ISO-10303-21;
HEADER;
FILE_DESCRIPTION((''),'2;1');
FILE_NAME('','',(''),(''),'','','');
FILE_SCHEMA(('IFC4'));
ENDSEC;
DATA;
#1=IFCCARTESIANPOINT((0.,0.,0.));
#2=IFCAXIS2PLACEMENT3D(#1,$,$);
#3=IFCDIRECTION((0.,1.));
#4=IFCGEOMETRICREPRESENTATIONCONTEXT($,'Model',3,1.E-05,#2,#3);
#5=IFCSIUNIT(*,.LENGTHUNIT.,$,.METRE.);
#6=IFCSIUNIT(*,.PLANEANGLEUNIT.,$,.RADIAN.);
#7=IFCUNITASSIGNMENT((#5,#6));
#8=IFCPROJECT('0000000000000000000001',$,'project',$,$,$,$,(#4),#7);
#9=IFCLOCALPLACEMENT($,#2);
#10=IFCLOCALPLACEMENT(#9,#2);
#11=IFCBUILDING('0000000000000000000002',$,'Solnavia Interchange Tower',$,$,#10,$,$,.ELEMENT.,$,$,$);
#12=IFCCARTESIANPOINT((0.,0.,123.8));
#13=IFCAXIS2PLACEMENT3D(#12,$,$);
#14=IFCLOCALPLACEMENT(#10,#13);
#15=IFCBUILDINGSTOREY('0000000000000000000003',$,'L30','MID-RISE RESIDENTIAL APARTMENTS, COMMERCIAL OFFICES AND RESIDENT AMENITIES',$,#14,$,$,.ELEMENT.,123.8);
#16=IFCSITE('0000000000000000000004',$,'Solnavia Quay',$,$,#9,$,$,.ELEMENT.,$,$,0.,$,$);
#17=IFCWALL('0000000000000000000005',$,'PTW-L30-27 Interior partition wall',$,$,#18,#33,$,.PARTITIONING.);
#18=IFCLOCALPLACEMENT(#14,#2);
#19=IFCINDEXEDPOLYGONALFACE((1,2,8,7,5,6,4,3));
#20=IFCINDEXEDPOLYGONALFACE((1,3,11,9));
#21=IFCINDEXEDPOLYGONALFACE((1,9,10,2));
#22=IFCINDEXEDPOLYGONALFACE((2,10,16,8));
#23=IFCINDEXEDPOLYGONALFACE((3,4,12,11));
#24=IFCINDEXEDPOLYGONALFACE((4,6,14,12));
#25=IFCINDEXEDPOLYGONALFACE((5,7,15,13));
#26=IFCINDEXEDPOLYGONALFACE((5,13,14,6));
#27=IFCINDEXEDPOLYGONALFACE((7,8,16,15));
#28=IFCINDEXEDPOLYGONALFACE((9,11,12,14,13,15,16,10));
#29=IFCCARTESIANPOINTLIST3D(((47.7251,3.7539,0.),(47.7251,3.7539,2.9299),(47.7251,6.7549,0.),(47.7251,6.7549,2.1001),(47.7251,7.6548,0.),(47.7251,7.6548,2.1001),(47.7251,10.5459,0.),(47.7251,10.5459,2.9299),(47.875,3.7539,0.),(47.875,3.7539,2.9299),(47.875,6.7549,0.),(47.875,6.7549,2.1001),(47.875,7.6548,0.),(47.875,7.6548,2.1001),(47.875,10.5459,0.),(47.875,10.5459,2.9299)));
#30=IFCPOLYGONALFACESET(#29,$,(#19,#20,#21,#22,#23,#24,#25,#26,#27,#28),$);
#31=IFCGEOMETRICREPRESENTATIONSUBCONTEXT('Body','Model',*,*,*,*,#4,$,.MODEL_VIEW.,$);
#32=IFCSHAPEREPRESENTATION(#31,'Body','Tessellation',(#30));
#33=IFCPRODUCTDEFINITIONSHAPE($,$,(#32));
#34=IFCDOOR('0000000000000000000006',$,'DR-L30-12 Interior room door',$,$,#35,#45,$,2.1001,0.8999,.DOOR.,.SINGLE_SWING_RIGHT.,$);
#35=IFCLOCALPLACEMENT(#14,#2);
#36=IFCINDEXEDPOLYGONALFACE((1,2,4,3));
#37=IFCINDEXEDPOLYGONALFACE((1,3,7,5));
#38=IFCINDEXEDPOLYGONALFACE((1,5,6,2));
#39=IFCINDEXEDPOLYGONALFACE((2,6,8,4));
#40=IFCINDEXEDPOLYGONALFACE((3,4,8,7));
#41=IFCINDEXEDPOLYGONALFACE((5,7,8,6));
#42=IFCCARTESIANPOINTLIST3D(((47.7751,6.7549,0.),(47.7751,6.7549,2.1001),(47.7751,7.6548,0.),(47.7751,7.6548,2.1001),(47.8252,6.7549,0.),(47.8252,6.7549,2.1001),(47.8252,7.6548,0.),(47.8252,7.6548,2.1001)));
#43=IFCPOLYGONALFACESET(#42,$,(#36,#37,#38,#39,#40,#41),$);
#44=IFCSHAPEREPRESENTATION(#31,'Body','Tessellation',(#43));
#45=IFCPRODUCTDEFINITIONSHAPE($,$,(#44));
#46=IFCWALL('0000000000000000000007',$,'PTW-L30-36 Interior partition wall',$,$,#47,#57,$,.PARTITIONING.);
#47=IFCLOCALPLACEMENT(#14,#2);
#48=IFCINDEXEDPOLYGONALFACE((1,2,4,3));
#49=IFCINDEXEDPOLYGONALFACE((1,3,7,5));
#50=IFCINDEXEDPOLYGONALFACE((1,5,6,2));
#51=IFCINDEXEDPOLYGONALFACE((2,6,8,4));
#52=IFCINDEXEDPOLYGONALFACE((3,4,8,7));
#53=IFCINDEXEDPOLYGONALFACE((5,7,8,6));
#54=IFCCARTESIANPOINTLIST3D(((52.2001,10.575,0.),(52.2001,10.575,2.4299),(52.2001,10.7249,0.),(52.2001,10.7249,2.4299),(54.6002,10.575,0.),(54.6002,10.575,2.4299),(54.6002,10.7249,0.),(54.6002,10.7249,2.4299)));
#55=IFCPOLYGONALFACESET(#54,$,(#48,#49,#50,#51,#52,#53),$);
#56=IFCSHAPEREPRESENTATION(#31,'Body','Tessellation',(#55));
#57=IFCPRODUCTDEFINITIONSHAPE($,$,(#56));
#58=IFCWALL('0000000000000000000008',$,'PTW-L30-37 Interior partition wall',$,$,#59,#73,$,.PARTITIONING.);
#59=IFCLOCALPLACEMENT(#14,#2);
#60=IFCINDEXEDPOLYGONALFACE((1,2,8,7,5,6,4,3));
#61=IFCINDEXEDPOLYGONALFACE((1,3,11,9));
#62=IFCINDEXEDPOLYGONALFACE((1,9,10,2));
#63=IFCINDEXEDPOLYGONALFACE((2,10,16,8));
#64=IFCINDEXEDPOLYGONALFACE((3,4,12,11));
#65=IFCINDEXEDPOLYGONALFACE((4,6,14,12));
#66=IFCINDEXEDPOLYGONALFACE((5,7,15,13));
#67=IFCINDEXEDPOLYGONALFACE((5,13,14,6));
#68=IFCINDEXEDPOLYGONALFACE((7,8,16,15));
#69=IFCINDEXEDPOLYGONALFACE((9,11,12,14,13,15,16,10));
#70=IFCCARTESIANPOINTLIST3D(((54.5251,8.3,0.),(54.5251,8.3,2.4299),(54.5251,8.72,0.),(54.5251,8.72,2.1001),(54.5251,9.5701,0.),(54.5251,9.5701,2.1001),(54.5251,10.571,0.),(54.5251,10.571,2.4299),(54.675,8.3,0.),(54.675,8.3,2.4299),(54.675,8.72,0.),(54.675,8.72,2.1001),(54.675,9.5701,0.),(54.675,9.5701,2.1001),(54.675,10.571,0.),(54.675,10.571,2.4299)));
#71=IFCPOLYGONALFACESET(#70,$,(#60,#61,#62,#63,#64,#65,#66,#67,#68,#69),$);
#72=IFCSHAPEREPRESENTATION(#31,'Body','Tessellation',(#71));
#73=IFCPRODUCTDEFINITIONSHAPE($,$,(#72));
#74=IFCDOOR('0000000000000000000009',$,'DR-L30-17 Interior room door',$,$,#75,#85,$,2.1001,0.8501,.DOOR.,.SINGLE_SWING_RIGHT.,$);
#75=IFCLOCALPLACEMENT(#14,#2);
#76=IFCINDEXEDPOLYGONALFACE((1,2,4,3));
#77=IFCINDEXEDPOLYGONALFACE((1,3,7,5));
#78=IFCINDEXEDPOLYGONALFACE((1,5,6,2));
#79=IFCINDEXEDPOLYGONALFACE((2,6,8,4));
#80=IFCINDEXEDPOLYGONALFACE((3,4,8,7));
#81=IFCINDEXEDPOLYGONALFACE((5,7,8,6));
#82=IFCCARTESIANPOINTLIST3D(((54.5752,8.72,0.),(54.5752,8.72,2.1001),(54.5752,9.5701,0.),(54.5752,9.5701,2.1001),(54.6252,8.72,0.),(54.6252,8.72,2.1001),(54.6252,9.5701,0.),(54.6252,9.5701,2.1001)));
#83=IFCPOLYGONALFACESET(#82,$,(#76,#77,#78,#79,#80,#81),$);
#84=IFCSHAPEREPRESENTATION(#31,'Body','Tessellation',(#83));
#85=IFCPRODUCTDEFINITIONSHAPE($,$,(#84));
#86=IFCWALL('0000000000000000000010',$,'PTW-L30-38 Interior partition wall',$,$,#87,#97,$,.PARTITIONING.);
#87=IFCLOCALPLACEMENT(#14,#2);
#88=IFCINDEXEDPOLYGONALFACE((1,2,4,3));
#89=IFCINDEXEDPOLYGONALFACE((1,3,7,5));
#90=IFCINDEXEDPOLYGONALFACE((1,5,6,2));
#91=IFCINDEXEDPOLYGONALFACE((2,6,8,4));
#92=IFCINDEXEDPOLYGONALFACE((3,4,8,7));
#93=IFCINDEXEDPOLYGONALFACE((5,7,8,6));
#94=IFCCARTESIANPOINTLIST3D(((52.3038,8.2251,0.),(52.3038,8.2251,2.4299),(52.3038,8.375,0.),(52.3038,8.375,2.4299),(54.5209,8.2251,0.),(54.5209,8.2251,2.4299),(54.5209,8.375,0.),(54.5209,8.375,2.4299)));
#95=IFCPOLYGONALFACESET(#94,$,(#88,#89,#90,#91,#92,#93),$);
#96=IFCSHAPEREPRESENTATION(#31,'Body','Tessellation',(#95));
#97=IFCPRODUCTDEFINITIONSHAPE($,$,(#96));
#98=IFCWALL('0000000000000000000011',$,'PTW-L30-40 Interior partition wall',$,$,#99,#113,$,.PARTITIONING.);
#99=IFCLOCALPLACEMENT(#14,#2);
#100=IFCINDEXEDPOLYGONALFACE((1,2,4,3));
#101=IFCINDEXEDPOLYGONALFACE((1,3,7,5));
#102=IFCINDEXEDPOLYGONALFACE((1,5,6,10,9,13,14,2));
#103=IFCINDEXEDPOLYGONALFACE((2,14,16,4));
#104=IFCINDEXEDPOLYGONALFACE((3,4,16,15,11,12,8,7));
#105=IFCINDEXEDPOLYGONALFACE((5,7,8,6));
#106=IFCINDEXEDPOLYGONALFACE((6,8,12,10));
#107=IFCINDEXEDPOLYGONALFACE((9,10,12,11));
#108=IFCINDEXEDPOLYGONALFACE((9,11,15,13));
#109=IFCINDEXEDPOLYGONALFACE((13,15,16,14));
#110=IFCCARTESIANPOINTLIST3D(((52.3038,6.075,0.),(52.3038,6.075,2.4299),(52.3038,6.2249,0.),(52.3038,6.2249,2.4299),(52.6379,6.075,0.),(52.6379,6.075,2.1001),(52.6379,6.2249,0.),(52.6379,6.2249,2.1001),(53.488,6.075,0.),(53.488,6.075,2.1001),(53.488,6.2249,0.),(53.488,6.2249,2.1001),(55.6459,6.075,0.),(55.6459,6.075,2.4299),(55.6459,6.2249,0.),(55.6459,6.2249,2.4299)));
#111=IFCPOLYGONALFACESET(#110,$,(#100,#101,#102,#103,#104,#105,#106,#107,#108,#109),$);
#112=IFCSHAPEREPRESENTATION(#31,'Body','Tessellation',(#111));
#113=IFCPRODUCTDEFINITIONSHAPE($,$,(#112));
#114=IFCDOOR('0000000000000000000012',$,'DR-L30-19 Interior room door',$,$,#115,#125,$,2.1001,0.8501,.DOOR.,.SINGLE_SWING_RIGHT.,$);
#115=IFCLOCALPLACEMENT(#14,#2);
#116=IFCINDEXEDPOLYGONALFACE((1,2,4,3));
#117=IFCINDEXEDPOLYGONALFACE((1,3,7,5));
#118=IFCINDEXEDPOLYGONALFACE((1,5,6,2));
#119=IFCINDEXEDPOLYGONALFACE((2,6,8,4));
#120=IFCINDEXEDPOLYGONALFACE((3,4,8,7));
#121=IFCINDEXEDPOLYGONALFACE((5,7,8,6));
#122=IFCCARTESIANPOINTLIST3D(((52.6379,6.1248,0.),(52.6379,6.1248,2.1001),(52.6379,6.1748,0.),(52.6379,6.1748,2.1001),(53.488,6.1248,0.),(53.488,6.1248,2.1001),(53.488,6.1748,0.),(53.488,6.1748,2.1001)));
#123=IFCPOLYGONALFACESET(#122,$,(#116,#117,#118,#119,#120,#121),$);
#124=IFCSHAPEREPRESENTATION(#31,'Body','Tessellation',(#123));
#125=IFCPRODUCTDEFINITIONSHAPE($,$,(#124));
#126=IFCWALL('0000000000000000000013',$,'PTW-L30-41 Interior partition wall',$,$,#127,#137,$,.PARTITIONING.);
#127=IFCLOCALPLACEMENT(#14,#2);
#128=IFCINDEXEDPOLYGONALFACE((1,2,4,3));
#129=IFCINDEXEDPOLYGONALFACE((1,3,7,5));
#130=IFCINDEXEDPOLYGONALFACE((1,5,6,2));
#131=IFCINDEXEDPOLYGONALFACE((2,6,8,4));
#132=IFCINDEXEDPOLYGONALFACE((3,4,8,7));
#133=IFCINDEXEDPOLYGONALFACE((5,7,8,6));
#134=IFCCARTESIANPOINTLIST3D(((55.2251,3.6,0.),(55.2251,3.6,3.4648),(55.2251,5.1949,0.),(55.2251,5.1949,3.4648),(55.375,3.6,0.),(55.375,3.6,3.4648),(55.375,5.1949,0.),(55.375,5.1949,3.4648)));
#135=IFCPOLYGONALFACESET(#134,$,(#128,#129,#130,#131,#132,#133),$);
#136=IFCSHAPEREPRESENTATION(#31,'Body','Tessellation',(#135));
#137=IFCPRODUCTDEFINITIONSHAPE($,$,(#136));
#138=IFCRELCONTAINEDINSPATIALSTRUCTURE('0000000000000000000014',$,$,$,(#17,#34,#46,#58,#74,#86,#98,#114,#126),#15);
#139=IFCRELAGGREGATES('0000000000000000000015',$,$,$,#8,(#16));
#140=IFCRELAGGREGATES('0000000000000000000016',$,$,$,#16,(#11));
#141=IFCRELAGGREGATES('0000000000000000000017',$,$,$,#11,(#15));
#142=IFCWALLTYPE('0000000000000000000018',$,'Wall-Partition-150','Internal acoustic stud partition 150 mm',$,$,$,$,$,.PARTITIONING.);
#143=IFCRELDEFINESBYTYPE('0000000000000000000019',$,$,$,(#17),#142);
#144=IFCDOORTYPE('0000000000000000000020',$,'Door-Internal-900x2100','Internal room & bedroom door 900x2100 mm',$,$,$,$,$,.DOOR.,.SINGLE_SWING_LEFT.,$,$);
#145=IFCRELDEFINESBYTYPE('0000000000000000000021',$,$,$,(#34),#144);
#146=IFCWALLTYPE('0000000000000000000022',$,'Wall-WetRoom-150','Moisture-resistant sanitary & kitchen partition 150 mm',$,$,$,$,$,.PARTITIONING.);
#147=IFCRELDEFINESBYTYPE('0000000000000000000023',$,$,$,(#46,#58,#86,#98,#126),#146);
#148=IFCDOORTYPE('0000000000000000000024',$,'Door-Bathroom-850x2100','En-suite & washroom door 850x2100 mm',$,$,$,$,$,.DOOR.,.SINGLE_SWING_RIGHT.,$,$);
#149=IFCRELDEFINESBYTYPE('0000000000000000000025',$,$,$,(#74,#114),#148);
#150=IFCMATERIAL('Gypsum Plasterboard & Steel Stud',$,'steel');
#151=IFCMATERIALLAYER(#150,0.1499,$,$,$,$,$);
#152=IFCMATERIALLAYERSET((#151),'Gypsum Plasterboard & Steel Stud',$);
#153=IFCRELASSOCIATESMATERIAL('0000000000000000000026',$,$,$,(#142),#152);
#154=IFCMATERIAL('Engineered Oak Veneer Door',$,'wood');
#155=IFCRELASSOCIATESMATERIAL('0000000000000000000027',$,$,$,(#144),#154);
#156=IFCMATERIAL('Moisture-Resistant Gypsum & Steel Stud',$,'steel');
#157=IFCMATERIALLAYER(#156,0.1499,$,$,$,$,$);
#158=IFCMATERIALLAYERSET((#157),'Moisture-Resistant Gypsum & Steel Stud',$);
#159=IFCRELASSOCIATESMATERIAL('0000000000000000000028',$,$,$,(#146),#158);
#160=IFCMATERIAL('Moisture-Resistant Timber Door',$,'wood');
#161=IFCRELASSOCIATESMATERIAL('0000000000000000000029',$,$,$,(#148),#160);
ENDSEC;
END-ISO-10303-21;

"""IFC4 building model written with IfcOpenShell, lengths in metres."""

from ifc_helpers import new_model, si_unit, direction, frame, frame_2d, origin, place, context, subcontext, project, spatial, rectangle, extrude, material, layer, layer_set, type_object, element, fill, save


model = new_model("IFC4")

# Units and contexts
model_context = context("Model", 3, precision=1e-05, world=origin(), true_north=direction((0.0, 1.0)))
body_context = subcontext(model_context, "Body", "Model", "MODEL_VIEW")
ifc_project = project(units=[si_unit("LENGTHUNIT", "METRE"), si_unit("PLANEANGLEUNIT", "RADIAN")], contexts=[model_context])

# Site, building, storey
site_placement = place(None, origin())
site = spatial("IfcSite", under=ifc_project, at=site_placement, Name="Solnavia Quay", CompositionType="ELEMENT", RefElevation=0.0)
building_placement = place(site_placement, origin())
building = spatial("IfcBuilding", under=site, at=building_placement, Name="Solnavia Interchange Tower", CompositionType="ELEMENT")
storey_placement = place(building_placement, frame((0.0, 0.0, 123.8)))
storey = spatial("IfcBuildingStorey", under=building, at=storey_placement, Name="L30", Description="MID-RISE RESIDENTIAL APARTMENTS, COMMERCIAL OFFICES AND RESIDENT AMENITIES", CompositionType="ELEMENT", Elevation=123.8)

# Wall, opening, door
ifc_material_1 = material(Name="Gypsum Plasterboard & Steel Stud", Category="steel")
ifc_layer_1 = layer(ifc_material_1, 0.1499)
ifc_layer_set_1 = layer_set([ifc_layer_1], Name="Gypsum Plasterboard & Steel Stud")
wall_type_1 = type_object("IfcWallType", Name="Wall-Partition-150", Description="Internal acoustic stud partition 150 mm", PredefinedType="PARTITIONING", material=ifc_layer_set_1)
wall_1_placement = place(storey_placement, frame((47.8, 3.7539, 0.0), z_axis=(0.0, 0.0, 1.0), x_axis=(0.0, 1.0, 0.0)))
wall_1 = element("IfcWall", 1, at=wall_1_placement, inside=storey, type_object=wall_type_1, Name="PTW-L30-27 Interior partition wall", PredefinedType="PARTITIONING", context=body_context, shape_type="SweptSolid", body=[
    extrude(rectangle(XDim=6.792, YDim=0.1499, at=frame_2d((3.396, 0.0))), origin(), (0.0, 0.0, 1.0), 2.9299),
])
opening_1_placement = place(wall_1_placement, frame((3.001, 0.0, 0.0)))
opening_1 = element("IfcOpeningElement", 2, at=opening_1_placement, cuts=wall_1, PredefinedType="OPENING", context=body_context, shape_type="SweptSolid", body=[
    extrude(rectangle(XDim=0.8999, YDim=2.1001, at=frame_2d((0.45, 1.05))), frame((0.0, 0.085, 0.0), z_axis=(0.0, -1.0, 0.0), x_axis=(1.0, 0.0, 0.0)), (0.0, 0.0, 1.0), 0.1699),
])
ifc_material_2 = material(Name="Engineered Oak Veneer Door", Category="wood")
door_type_1 = type_object("IfcDoorType", Name="Door-Internal-900x2100", Description="Internal room & bedroom door 900x2100 mm", OperationType="SINGLE_SWING_LEFT", PredefinedType="DOOR", material=ifc_material_2)
door_1_placement = place(opening_1_placement, origin())
door_1 = element("IfcDoor", 3, at=door_1_placement, inside=storey, type_object=door_type_1, Name="DR-L30-12 Interior room door", OperationType="SINGLE_SWING_RIGHT", OverallHeight=2.1001, OverallWidth=0.8999, PredefinedType="DOOR", context=body_context, shape_type="SweptSolid", body=[
    extrude(rectangle(XDim=0.8999, YDim=2.1001, at=frame_2d((0.45, 1.05))), frame((0.0, 0.0249, 0.0), z_axis=(0.0, -1.0, 0.0), x_axis=(1.0, 0.0, 0.0)), (0.0, 0.0, 1.0), 0.05),
])
fill(opening_1, door_1)

# Wall
ifc_material_3 = material(Name="Moisture-Resistant Gypsum & Steel Stud", Category="steel")
ifc_layer_2 = layer(ifc_material_3, 0.1499)
ifc_layer_set_2 = layer_set([ifc_layer_2], Name="Moisture-Resistant Gypsum & Steel Stud")
wall_type_2 = type_object("IfcWallType", Name="Wall-WetRoom-150", Description="Moisture-resistant sanitary & kitchen partition 150 mm", PredefinedType="PARTITIONING", material=ifc_layer_set_2)
wall_2_placement = place(storey_placement, frame((52.2, 10.6499, 0.0), z_axis=(0.0, 0.0, 1.0), x_axis=(1.0, 0.0, 0.0)))
element("IfcWall", 4, at=wall_2_placement, inside=storey, type_object=wall_type_2, Name="PTW-L30-36 Interior partition wall", PredefinedType="PARTITIONING", context=body_context, shape_type="SweptSolid", body=[
    extrude(rectangle(XDim=2.4001, YDim=0.1499, at=frame_2d((1.2002, 0.0))), origin(), (0.0, 0.0, 1.0), 2.4299),
])

# Wall, opening, door
wall_3_placement = place(storey_placement, frame((54.6001, 8.3, 0.0), z_axis=(0.0, 0.0, 1.0), x_axis=(0.0, 1.0, 0.0)))
wall_3 = element("IfcWall", 5, at=wall_3_placement, inside=storey, type_object=wall_type_2, Name="PTW-L30-37 Interior partition wall", PredefinedType="PARTITIONING", context=body_context, shape_type="SweptSolid", body=[
    extrude(rectangle(XDim=2.271, YDim=0.1499, at=frame_2d((1.1355, 0.0))), origin(), (0.0, 0.0, 1.0), 2.4299),
])
opening_2_placement = place(wall_3_placement, frame((0.4199, 0.0, 0.0)))
opening_2 = element("IfcOpeningElement", 6, at=opening_2_placement, cuts=wall_3, PredefinedType="OPENING", context=body_context, shape_type="SweptSolid", body=[
    extrude(rectangle(XDim=0.8501, YDim=2.1001, at=frame_2d((0.425, 1.05))), frame((0.0, 0.085, 0.0), z_axis=(0.0, -1.0, 0.0), x_axis=(1.0, 0.0, 0.0)), (0.0, 0.0, 1.0), 0.1699),
])
ifc_material_4 = material(Name="Moisture-Resistant Timber Door", Category="wood")
door_type_2 = type_object("IfcDoorType", Name="Door-Bathroom-850x2100", Description="En-suite & washroom door 850x2100 mm", OperationType="SINGLE_SWING_RIGHT", PredefinedType="DOOR", material=ifc_material_4)
door_2_placement = place(opening_2_placement, origin())
door_2 = element("IfcDoor", 7, at=door_2_placement, inside=storey, type_object=door_type_2, Name="DR-L30-17 Interior room door", OperationType="SINGLE_SWING_RIGHT", OverallHeight=2.1001, OverallWidth=0.8501, PredefinedType="DOOR", context=body_context, shape_type="SweptSolid", body=[
    extrude(rectangle(XDim=0.8501, YDim=2.1001, at=frame_2d((0.425, 1.05))), frame((0.0, 0.0249, 0.0), z_axis=(0.0, -1.0, 0.0), x_axis=(1.0, 0.0, 0.0)), (0.0, 0.0, 1.0), 0.05),
])
fill(opening_2, door_2)

# Wall
wall_4_placement = place(storey_placement, frame((52.304, 8.3, 0.0), z_axis=(0.0, 0.0, 1.0), x_axis=(1.0, 0.0, 0.0)))
element("IfcWall", 8, at=wall_4_placement, inside=storey, type_object=wall_type_2, Name="PTW-L30-38 Interior partition wall", PredefinedType="PARTITIONING", context=body_context, shape_type="SweptSolid", body=[
    extrude(rectangle(XDim=2.217, YDim=0.1499, at=frame_2d((1.1084, 0.0))), origin(), (0.0, 0.0, 1.0), 2.4299),
])

# Wall, opening, door
wall_5_placement = place(storey_placement, frame((52.304, 6.1499, 0.0), z_axis=(0.0, 0.0, 1.0), x_axis=(1.0, 0.0, 0.0)))
wall_5 = element("IfcWall", 9, at=wall_5_placement, inside=storey, type_object=wall_type_2, Name="PTW-L30-40 Interior partition wall", PredefinedType="PARTITIONING", context=body_context, shape_type="SweptSolid", body=[
    extrude(rectangle(XDim=3.342, YDim=0.1499, at=frame_2d((1.6709, 0.0))), origin(), (0.0, 0.0, 1.0), 2.4299),
])
opening_3_placement = place(wall_5_placement, frame((0.334, 0.0, 0.0)))
opening_3 = element("IfcOpeningElement", 10, at=opening_3_placement, cuts=wall_5, PredefinedType="OPENING", context=body_context, shape_type="SweptSolid", body=[
    extrude(rectangle(XDim=0.8501, YDim=2.1001, at=frame_2d((0.425, 1.05))), frame((0.0, 0.085, 0.0), z_axis=(0.0, -1.0, 0.0), x_axis=(1.0, 0.0, 0.0)), (0.0, 0.0, 1.0), 0.1699),
])
door_3_placement = place(opening_3_placement, origin())
door_3 = element("IfcDoor", 11, at=door_3_placement, inside=storey, type_object=door_type_2, Name="DR-L30-19 Interior room door", OperationType="SINGLE_SWING_RIGHT", OverallHeight=2.1001, OverallWidth=0.8501, PredefinedType="DOOR", context=body_context, shape_type="SweptSolid", body=[
    extrude(rectangle(XDim=0.8501, YDim=2.1001, at=frame_2d((0.425, 1.05))), frame((0.0, 0.0249, 0.0), z_axis=(0.0, -1.0, 0.0), x_axis=(1.0, 0.0, 0.0)), (0.0, 0.0, 1.0), 0.05),
])
fill(opening_3, door_3)

# Wall
wall_6_placement = place(storey_placement, frame((55.3, 3.6001, 0.0), z_axis=(0.0, 0.0, 1.0), x_axis=(0.0, 1.0, 0.0)))
element("IfcWall", 12, at=wall_6_placement, inside=storey, type_object=wall_type_2, Name="PTW-L30-41 Interior partition wall", PredefinedType="PARTITIONING", context=body_context, shape_type="SweptSolid", body=[
    extrude(rectangle(XDim=1.595, YDim=0.1499, at=frame_2d((0.7974, 0.0))), origin(), (0.0, 0.0, 1.0), 3.4648),
])

save(model, "model.ifc")
